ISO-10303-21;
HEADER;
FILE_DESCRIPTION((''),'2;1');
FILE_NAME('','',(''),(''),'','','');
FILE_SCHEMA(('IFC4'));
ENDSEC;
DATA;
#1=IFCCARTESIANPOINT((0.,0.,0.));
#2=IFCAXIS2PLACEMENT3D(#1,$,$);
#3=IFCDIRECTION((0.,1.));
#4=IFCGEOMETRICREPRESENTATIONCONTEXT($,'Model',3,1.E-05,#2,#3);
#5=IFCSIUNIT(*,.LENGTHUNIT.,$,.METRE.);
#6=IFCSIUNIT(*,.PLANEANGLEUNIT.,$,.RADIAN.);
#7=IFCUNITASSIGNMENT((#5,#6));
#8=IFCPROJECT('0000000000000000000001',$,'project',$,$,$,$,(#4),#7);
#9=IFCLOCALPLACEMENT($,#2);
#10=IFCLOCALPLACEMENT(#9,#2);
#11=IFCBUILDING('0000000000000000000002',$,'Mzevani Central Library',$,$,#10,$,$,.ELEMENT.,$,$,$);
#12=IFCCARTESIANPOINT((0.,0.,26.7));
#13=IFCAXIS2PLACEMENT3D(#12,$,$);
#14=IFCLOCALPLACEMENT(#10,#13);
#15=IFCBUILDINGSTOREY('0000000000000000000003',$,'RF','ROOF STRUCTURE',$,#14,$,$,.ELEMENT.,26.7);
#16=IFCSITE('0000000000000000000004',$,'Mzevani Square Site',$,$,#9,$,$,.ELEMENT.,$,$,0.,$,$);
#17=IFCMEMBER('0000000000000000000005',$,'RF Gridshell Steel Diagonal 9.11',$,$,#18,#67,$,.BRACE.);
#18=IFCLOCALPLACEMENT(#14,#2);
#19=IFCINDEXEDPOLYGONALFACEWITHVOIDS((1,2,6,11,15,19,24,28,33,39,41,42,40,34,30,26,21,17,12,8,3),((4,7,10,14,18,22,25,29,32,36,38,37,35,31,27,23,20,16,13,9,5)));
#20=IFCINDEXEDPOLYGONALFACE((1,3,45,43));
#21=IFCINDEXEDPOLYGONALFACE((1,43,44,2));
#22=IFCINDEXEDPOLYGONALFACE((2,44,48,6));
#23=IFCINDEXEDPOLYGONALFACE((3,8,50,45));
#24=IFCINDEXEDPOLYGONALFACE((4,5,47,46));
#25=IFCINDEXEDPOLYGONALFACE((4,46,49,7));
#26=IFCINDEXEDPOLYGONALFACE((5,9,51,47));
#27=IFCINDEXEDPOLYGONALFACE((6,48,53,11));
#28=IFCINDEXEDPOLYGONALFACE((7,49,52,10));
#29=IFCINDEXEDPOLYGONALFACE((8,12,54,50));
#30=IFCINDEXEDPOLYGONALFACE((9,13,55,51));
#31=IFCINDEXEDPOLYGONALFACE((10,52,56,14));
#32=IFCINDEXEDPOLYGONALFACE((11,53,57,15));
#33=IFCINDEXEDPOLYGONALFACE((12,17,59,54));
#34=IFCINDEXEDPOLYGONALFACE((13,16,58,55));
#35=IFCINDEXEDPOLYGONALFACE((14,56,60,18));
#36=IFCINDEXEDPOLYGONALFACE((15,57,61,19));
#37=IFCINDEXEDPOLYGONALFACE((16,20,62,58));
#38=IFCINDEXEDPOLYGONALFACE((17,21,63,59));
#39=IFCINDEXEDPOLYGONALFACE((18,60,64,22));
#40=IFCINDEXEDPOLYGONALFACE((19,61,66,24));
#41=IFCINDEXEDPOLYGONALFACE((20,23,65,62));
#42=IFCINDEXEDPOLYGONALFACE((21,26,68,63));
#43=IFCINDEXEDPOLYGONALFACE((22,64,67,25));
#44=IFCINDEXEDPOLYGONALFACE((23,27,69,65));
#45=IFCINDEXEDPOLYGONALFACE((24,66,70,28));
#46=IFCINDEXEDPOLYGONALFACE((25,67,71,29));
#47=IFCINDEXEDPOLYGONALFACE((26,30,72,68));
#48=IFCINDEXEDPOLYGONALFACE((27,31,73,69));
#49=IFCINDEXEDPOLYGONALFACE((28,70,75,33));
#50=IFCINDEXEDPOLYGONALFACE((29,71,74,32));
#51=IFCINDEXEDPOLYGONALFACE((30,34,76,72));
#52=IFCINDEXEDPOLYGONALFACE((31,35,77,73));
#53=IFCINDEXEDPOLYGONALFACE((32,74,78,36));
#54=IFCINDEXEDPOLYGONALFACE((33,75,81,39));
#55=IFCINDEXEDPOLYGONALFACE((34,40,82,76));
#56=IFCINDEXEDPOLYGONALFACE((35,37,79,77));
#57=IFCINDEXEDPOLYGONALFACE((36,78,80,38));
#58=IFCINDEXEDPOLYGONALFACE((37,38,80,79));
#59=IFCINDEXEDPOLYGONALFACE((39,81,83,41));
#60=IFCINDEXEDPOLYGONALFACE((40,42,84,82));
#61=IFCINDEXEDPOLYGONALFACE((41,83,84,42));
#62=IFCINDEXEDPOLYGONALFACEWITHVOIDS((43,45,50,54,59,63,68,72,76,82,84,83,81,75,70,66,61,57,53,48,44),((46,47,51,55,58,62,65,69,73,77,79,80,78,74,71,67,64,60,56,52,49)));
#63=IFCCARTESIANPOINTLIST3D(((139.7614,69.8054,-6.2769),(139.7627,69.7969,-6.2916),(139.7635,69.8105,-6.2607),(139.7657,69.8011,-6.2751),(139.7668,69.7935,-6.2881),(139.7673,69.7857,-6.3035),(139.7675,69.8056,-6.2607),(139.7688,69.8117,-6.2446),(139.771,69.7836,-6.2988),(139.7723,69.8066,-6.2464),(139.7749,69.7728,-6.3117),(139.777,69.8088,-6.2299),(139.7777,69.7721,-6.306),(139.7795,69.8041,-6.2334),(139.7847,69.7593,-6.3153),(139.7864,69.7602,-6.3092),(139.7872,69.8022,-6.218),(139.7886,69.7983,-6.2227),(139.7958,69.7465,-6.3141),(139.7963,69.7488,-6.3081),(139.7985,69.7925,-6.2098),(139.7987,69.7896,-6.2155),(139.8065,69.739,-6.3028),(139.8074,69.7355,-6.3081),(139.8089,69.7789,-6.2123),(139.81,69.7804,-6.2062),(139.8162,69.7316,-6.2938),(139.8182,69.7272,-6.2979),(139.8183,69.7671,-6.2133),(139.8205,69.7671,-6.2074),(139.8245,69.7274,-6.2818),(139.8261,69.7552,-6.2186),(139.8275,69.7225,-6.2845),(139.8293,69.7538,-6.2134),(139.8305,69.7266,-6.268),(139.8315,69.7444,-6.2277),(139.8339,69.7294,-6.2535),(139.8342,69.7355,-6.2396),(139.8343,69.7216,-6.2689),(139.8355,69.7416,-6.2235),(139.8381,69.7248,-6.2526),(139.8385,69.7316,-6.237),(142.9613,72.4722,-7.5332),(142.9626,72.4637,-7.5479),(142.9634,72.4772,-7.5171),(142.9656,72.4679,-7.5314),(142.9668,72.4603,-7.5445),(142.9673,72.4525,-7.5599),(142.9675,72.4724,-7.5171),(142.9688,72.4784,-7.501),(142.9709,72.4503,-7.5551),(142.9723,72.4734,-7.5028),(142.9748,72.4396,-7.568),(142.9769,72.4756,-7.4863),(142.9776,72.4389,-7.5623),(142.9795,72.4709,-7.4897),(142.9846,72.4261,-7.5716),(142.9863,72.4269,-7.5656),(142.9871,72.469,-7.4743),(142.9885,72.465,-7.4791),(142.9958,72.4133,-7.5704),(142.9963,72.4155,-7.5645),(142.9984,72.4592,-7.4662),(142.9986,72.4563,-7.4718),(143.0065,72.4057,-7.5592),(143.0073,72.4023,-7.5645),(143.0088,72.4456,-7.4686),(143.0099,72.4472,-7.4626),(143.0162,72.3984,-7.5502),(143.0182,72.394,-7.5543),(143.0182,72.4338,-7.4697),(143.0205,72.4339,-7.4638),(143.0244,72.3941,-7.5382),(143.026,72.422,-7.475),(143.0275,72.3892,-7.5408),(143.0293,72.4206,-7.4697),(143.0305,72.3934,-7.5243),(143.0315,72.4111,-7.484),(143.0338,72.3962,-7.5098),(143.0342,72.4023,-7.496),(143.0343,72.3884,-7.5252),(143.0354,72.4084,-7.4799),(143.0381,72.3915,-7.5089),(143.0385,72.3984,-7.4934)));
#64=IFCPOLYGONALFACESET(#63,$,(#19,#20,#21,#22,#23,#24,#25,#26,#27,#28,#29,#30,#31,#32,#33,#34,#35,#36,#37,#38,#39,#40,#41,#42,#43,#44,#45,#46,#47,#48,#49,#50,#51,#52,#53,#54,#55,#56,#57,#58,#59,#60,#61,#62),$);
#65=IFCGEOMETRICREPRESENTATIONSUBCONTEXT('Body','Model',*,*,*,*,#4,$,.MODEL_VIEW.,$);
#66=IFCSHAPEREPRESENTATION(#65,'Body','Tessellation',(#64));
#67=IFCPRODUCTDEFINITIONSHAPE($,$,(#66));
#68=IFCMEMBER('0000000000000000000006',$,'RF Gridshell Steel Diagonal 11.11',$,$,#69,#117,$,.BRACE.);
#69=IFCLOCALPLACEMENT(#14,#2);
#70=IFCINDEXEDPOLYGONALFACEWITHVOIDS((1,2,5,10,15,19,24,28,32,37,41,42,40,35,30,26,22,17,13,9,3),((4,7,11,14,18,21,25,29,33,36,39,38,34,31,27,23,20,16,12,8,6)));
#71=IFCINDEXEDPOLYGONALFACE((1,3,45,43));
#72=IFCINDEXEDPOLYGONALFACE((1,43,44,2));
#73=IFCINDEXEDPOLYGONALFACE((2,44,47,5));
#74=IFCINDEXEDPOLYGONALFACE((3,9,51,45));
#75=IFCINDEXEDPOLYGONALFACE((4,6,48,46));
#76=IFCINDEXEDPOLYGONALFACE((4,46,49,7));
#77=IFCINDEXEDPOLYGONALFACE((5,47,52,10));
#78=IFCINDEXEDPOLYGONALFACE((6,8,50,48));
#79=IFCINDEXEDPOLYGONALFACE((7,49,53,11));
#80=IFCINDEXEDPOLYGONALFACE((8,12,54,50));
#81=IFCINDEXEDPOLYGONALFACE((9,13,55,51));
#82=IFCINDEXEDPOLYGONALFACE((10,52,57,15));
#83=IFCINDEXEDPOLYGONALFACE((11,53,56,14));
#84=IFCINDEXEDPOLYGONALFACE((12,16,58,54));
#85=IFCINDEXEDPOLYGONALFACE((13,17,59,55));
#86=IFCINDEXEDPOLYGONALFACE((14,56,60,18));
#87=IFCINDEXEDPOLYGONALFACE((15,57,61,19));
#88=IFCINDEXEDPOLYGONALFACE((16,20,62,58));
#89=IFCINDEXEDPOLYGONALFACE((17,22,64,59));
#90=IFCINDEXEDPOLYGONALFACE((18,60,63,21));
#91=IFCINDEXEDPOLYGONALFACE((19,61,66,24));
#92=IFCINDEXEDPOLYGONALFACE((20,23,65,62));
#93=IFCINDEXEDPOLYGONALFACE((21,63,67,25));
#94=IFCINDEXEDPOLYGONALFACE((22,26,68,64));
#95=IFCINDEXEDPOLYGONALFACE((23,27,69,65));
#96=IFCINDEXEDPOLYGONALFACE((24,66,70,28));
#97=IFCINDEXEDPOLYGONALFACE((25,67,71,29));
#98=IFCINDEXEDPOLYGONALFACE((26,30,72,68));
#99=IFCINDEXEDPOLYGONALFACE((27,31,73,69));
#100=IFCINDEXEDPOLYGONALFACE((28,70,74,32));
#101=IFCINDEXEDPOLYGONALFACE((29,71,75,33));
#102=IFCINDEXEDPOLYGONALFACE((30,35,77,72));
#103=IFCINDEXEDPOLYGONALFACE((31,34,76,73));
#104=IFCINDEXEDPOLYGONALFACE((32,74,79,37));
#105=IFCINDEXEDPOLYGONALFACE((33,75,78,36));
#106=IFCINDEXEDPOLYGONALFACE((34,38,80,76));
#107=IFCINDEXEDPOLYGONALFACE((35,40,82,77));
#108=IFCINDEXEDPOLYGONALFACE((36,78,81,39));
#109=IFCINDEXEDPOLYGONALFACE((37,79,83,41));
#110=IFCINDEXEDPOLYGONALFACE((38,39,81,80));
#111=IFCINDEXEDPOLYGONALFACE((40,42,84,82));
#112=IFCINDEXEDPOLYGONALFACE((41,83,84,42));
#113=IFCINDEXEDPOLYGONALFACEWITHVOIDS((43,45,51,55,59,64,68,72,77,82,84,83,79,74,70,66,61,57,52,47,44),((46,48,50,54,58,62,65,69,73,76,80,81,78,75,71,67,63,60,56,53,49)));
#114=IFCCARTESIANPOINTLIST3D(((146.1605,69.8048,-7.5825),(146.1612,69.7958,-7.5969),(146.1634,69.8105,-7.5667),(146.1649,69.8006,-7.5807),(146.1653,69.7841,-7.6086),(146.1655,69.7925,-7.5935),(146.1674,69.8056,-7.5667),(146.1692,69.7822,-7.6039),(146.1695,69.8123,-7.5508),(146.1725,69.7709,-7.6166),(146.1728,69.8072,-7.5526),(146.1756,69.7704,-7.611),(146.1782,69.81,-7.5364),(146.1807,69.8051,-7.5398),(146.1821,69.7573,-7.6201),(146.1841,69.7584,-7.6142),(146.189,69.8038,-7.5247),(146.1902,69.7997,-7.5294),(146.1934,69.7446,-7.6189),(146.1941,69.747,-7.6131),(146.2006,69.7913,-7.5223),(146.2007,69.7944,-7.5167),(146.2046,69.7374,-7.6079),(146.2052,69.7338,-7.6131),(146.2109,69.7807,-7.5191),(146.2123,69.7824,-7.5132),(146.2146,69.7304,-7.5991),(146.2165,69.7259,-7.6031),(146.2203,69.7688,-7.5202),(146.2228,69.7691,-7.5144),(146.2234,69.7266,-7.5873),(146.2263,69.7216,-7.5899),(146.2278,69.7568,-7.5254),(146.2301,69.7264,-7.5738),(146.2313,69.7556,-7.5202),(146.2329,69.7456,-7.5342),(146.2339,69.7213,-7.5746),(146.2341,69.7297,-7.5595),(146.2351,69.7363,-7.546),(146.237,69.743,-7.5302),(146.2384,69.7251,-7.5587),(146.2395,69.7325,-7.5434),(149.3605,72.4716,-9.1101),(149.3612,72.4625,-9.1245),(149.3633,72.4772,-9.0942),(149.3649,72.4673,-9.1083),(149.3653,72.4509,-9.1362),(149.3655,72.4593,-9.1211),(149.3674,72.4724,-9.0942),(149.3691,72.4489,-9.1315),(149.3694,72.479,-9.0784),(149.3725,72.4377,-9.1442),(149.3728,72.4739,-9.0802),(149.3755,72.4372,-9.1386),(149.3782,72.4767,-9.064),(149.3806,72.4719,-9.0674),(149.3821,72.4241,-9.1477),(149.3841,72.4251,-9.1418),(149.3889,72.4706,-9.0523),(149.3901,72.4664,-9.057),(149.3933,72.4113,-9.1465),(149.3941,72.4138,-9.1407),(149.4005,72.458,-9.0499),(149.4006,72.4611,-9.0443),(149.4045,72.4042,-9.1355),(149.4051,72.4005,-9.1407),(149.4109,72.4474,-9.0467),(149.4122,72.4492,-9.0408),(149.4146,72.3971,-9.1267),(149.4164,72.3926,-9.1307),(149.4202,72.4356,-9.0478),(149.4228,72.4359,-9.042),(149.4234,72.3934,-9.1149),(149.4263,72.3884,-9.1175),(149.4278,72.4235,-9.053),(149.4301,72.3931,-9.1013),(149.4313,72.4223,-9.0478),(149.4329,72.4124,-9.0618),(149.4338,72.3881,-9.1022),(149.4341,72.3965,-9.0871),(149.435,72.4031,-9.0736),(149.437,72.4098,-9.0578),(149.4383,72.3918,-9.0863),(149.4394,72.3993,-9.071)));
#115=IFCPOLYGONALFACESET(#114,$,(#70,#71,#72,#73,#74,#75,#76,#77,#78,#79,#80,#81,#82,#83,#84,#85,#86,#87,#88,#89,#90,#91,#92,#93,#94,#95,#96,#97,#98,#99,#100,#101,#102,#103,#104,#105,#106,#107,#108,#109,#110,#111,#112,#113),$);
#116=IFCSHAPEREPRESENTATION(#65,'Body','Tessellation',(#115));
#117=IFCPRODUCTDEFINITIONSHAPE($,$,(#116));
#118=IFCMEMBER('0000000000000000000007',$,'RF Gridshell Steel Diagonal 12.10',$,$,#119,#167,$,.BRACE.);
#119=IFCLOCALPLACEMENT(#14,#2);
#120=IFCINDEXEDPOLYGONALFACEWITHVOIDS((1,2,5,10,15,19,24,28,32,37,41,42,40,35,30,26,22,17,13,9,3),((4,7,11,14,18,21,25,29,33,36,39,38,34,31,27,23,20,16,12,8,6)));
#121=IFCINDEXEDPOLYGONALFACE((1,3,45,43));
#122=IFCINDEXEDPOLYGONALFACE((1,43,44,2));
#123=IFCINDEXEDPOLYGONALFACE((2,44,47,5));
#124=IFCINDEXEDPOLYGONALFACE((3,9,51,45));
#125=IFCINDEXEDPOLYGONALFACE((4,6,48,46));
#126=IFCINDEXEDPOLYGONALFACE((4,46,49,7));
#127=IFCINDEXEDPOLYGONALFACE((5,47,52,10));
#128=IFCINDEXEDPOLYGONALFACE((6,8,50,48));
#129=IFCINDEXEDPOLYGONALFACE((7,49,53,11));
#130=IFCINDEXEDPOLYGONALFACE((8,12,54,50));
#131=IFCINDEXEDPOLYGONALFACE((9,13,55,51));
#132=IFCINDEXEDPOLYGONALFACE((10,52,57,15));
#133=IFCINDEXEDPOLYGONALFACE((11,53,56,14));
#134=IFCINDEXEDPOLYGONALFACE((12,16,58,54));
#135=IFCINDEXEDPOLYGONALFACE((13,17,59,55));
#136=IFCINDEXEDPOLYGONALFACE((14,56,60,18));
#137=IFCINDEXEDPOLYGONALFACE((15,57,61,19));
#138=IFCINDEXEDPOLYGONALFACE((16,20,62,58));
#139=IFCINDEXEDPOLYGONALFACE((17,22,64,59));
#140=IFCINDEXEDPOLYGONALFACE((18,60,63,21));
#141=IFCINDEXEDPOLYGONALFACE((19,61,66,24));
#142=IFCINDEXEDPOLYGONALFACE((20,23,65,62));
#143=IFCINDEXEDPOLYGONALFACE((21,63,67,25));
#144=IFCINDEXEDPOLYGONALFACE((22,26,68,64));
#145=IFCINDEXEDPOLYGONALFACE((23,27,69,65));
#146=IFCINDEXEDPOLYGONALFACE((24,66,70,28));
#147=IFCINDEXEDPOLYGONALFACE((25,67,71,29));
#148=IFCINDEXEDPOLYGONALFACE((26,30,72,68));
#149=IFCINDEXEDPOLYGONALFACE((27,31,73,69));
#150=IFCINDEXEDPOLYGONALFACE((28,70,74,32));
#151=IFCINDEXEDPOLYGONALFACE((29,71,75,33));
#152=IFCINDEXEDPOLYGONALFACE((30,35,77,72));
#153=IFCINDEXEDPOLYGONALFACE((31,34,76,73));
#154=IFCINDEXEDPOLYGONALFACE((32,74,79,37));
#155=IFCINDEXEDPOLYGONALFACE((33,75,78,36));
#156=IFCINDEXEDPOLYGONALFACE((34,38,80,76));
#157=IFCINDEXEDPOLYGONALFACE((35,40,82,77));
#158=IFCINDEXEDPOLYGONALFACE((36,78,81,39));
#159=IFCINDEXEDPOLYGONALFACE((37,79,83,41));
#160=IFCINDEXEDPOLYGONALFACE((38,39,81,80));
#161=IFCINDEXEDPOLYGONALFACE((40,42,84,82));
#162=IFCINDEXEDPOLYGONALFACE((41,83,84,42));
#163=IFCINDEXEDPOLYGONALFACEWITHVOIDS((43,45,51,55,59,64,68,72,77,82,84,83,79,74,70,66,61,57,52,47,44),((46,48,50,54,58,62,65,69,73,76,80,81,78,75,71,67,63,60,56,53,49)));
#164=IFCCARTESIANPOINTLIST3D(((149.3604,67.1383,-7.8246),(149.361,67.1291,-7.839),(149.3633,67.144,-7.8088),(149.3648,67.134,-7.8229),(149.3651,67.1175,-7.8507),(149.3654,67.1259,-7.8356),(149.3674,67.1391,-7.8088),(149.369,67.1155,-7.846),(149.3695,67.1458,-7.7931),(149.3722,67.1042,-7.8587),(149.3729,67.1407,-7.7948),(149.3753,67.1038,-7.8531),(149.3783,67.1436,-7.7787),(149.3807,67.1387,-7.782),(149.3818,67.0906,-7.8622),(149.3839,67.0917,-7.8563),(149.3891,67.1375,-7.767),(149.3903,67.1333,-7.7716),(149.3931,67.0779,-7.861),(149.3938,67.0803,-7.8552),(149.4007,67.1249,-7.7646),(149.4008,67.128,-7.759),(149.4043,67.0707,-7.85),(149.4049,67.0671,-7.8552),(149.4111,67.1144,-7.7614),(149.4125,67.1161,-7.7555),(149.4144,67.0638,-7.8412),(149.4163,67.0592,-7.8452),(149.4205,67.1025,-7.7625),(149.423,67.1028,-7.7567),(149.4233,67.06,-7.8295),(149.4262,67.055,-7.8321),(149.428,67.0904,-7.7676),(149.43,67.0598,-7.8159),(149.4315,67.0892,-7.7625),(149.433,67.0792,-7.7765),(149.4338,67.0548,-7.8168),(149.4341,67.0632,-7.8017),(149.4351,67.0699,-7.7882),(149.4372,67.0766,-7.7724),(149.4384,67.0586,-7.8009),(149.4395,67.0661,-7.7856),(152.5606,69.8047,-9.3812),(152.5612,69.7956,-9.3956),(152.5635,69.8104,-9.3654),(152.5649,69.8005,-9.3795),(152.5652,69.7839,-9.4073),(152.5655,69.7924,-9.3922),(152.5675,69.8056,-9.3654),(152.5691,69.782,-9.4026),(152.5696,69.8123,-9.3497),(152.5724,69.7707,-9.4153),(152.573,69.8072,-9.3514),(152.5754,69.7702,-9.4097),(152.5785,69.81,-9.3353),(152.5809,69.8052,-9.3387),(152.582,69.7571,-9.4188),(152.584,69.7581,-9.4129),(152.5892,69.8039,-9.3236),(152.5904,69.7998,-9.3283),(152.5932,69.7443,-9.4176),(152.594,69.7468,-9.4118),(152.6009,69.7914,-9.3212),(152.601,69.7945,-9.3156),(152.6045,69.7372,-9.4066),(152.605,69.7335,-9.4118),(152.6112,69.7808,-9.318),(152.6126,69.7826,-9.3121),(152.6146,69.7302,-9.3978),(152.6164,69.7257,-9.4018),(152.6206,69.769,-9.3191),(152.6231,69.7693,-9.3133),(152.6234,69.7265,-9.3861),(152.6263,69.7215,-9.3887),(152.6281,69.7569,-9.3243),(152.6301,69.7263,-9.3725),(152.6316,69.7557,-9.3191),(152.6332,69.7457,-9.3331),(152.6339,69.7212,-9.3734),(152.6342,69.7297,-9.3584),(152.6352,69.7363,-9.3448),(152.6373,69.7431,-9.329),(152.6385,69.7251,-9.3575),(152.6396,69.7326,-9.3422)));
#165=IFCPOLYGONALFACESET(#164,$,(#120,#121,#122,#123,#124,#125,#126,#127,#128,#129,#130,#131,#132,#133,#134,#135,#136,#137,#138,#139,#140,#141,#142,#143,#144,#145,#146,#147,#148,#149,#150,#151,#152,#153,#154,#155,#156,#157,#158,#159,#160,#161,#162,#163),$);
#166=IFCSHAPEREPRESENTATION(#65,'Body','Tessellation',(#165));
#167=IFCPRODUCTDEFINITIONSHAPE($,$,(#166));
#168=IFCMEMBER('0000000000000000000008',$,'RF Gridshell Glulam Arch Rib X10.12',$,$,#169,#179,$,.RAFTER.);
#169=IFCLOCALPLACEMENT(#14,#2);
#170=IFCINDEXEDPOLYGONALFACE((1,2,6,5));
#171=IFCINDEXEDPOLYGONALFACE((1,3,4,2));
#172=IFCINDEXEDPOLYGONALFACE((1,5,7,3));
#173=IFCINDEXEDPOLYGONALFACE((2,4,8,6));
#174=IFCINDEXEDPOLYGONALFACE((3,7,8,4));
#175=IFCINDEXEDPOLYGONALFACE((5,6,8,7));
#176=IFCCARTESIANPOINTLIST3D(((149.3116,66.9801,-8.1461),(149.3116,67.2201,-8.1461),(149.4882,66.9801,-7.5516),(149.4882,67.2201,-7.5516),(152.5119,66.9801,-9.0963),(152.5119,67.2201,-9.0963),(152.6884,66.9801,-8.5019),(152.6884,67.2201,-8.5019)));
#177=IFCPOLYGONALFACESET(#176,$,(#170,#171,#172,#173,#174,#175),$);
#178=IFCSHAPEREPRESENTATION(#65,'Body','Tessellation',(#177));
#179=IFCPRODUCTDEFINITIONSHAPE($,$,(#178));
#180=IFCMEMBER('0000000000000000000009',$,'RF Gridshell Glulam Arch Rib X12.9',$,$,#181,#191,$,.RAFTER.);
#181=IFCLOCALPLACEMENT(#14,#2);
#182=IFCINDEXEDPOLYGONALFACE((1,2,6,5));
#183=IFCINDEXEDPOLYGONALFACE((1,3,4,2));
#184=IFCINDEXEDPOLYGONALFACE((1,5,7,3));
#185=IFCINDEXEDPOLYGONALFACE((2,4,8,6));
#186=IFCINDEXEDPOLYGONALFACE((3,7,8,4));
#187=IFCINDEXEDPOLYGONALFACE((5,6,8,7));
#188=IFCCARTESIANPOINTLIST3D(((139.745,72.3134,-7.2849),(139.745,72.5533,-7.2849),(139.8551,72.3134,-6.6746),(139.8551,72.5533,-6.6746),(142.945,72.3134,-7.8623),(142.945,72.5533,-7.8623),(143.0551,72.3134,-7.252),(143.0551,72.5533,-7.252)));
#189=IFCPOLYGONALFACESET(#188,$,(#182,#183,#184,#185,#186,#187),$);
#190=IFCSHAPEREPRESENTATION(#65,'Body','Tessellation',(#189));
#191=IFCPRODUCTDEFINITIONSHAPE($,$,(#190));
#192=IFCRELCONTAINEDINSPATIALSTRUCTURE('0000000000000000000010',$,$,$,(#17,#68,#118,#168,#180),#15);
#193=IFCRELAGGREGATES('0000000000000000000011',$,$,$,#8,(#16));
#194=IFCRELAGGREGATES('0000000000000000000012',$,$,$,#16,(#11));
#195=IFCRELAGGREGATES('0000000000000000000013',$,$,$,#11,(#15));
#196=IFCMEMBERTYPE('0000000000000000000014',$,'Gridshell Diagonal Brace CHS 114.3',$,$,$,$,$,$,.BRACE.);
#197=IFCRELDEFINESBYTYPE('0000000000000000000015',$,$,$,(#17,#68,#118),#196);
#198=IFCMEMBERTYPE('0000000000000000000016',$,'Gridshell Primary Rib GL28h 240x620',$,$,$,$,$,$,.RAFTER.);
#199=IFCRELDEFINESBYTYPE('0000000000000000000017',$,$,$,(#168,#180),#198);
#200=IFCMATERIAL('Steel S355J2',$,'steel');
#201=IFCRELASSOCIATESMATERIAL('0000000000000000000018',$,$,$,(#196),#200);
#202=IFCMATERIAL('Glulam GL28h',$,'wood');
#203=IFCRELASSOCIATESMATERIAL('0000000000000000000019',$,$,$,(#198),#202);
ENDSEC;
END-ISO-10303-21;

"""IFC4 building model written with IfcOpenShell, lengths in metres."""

from ifc_helpers import new_model, si_unit, direction, frame, origin, origin_2d, place, context, subcontext, project, spatial, rectangle, hollow_circle, extrude, material, material_profile, profile_set, type_object, element, save


model = new_model("IFC4")

# Units and contexts
model_context = context("Model", 3, precision=1e-05, world=origin(), true_north=direction((0.0, 1.0)))
body_context = subcontext(model_context, "Body", "Model", "MODEL_VIEW")
ifc_project = project(units=[si_unit("LENGTHUNIT", "METRE"), si_unit("PLANEANGLEUNIT", "RADIAN")], contexts=[model_context])

# Site, building, storey
site_placement = place(None, origin())
site = spatial("IfcSite", under=ifc_project, at=site_placement, Name="Mzevani Square Site", CompositionType="ELEMENT", RefElevation=0.0)
building_placement = place(site_placement, origin())
building = spatial("IfcBuilding", under=site, at=building_placement, Name="Mzevani Central Library", CompositionType="ELEMENT")
storey_placement = place(building_placement, frame((0.0, 0.0, 26.7)))
storey = spatial("IfcBuildingStorey", under=building, at=storey_placement, Name="RF", Description="ROOF STRUCTURE", CompositionType="ELEMENT", Elevation=26.7)

# Members
ifc_material_1 = material(Name="Steel S355J2", Category="steel")
ifc_material_profile_1 = material_profile(ifc_material_1, hollow_circle(Radius=0.0571, WallThickness=0.0063, at=origin_2d()), Name="CHS 114.3x6.3")
ifc_profile_set_1 = profile_set([ifc_material_profile_1], Name="Steel S355J2")
member_type_1 = type_object("IfcMemberType", Name="Gridshell Diagonal Brace CHS 114.3", PredefinedType="BRACE", material=ifc_profile_set_1)
member_1_placement = place(storey_placement, frame((139.8, 69.7666, -6.2607), z_axis=(0.735482, 0.61293, -0.288761), x_axis=(-0.640202, 0.768207, 0.0)))
element("IfcMember", 1, at=member_1_placement, inside=storey, type_object=member_type_1, Name="RF Gridshell Steel Diagonal 9.11", PredefinedType="BRACE", context=body_context, shape_type="SweptSolid", body=[
    extrude(hollow_circle(Radius=0.0571, WallThickness=0.0063, at=origin_2d()), origin(), (0.0, 0.0, 1.0), 4.3508),
])
member_2_placement = place(storey_placement, frame((146.2, 69.7666, -7.5667), z_axis=(0.721238, 0.601059, -0.344303), x_axis=(-0.640202, 0.768207, 0.0)))
element("IfcMember", 2, at=member_2_placement, inside=storey, type_object=member_type_1, Name="RF Gridshell Steel Diagonal 11.11", PredefinedType="BRACE", context=body_context, shape_type="SweptSolid", body=[
    extrude(hollow_circle(Radius=0.0571, WallThickness=0.0063, at=origin_2d()), origin(), (0.0, 0.0, 1.0), 4.4368),
])
member_3_placement = place(storey_placement, frame((149.3999, 67.1001, -7.8088), z_axis=(0.719652, 0.599637, -0.350053), x_axis=(-0.640138, 0.76826, 0.0)))
element("IfcMember", 3, at=member_3_placement, inside=storey, type_object=member_type_1, Name="RF Gridshell Steel Diagonal 12.10", PredefinedType="BRACE", context=body_context, shape_type="SweptSolid", body=[
    extrude(hollow_circle(Radius=0.0571, WallThickness=0.0063, at=origin_2d()), origin(), (0.0, 0.0, 1.0), 4.4468),
])
ifc_material_2 = material(Name="Glulam GL28h", Category="wood")
ifc_material_profile_2 = material_profile(ifc_material_2, rectangle(XDim=0.24, YDim=0.6201, at=origin_2d()), Name="GL28h 240x620")
ifc_profile_set_2 = profile_set([ifc_material_profile_2], Name="Glulam GL28h")
member_type_2 = type_object("IfcMemberType", Name="Gridshell Primary Rib GL28h 240x620", PredefinedType="RAFTER", material=ifc_profile_set_2)
member_4_placement = place(storey_placement, frame((149.3999, 67.1001, -7.8489), z_axis=(0.958636, 0.0, -0.284636), x_axis=(0.0, 1.0, 0.0)))
element("IfcMember", 4, at=member_4_placement, inside=storey, type_object=member_type_2, Name="RF Gridshell Glulam Arch Rib X10.12", PredefinedType="RAFTER", context=body_context, shape_type="SweptSolid", body=[
    extrude(rectangle(XDim=0.24, YDim=0.6201, at=origin_2d()), origin(), (0.0, 0.0, 1.0), 3.3384),
])
member_5_placement = place(storey_placement, frame((139.8, 72.4333, -6.9797), z_axis=(0.984108, 0.0, -0.17757), x_axis=(0.0, 1.0, 0.0)))
element("IfcMember", 5, at=member_5_placement, inside=storey, type_object=member_type_2, Name="RF Gridshell Glulam Arch Rib X12.9", PredefinedType="RAFTER", context=body_context, shape_type="SweptSolid", body=[
    extrude(rectangle(XDim=0.24, YDim=0.6201, at=origin_2d()), origin(), (0.0, 0.0, 1.0), 3.2517),
])

save(model, "model.ifc")
